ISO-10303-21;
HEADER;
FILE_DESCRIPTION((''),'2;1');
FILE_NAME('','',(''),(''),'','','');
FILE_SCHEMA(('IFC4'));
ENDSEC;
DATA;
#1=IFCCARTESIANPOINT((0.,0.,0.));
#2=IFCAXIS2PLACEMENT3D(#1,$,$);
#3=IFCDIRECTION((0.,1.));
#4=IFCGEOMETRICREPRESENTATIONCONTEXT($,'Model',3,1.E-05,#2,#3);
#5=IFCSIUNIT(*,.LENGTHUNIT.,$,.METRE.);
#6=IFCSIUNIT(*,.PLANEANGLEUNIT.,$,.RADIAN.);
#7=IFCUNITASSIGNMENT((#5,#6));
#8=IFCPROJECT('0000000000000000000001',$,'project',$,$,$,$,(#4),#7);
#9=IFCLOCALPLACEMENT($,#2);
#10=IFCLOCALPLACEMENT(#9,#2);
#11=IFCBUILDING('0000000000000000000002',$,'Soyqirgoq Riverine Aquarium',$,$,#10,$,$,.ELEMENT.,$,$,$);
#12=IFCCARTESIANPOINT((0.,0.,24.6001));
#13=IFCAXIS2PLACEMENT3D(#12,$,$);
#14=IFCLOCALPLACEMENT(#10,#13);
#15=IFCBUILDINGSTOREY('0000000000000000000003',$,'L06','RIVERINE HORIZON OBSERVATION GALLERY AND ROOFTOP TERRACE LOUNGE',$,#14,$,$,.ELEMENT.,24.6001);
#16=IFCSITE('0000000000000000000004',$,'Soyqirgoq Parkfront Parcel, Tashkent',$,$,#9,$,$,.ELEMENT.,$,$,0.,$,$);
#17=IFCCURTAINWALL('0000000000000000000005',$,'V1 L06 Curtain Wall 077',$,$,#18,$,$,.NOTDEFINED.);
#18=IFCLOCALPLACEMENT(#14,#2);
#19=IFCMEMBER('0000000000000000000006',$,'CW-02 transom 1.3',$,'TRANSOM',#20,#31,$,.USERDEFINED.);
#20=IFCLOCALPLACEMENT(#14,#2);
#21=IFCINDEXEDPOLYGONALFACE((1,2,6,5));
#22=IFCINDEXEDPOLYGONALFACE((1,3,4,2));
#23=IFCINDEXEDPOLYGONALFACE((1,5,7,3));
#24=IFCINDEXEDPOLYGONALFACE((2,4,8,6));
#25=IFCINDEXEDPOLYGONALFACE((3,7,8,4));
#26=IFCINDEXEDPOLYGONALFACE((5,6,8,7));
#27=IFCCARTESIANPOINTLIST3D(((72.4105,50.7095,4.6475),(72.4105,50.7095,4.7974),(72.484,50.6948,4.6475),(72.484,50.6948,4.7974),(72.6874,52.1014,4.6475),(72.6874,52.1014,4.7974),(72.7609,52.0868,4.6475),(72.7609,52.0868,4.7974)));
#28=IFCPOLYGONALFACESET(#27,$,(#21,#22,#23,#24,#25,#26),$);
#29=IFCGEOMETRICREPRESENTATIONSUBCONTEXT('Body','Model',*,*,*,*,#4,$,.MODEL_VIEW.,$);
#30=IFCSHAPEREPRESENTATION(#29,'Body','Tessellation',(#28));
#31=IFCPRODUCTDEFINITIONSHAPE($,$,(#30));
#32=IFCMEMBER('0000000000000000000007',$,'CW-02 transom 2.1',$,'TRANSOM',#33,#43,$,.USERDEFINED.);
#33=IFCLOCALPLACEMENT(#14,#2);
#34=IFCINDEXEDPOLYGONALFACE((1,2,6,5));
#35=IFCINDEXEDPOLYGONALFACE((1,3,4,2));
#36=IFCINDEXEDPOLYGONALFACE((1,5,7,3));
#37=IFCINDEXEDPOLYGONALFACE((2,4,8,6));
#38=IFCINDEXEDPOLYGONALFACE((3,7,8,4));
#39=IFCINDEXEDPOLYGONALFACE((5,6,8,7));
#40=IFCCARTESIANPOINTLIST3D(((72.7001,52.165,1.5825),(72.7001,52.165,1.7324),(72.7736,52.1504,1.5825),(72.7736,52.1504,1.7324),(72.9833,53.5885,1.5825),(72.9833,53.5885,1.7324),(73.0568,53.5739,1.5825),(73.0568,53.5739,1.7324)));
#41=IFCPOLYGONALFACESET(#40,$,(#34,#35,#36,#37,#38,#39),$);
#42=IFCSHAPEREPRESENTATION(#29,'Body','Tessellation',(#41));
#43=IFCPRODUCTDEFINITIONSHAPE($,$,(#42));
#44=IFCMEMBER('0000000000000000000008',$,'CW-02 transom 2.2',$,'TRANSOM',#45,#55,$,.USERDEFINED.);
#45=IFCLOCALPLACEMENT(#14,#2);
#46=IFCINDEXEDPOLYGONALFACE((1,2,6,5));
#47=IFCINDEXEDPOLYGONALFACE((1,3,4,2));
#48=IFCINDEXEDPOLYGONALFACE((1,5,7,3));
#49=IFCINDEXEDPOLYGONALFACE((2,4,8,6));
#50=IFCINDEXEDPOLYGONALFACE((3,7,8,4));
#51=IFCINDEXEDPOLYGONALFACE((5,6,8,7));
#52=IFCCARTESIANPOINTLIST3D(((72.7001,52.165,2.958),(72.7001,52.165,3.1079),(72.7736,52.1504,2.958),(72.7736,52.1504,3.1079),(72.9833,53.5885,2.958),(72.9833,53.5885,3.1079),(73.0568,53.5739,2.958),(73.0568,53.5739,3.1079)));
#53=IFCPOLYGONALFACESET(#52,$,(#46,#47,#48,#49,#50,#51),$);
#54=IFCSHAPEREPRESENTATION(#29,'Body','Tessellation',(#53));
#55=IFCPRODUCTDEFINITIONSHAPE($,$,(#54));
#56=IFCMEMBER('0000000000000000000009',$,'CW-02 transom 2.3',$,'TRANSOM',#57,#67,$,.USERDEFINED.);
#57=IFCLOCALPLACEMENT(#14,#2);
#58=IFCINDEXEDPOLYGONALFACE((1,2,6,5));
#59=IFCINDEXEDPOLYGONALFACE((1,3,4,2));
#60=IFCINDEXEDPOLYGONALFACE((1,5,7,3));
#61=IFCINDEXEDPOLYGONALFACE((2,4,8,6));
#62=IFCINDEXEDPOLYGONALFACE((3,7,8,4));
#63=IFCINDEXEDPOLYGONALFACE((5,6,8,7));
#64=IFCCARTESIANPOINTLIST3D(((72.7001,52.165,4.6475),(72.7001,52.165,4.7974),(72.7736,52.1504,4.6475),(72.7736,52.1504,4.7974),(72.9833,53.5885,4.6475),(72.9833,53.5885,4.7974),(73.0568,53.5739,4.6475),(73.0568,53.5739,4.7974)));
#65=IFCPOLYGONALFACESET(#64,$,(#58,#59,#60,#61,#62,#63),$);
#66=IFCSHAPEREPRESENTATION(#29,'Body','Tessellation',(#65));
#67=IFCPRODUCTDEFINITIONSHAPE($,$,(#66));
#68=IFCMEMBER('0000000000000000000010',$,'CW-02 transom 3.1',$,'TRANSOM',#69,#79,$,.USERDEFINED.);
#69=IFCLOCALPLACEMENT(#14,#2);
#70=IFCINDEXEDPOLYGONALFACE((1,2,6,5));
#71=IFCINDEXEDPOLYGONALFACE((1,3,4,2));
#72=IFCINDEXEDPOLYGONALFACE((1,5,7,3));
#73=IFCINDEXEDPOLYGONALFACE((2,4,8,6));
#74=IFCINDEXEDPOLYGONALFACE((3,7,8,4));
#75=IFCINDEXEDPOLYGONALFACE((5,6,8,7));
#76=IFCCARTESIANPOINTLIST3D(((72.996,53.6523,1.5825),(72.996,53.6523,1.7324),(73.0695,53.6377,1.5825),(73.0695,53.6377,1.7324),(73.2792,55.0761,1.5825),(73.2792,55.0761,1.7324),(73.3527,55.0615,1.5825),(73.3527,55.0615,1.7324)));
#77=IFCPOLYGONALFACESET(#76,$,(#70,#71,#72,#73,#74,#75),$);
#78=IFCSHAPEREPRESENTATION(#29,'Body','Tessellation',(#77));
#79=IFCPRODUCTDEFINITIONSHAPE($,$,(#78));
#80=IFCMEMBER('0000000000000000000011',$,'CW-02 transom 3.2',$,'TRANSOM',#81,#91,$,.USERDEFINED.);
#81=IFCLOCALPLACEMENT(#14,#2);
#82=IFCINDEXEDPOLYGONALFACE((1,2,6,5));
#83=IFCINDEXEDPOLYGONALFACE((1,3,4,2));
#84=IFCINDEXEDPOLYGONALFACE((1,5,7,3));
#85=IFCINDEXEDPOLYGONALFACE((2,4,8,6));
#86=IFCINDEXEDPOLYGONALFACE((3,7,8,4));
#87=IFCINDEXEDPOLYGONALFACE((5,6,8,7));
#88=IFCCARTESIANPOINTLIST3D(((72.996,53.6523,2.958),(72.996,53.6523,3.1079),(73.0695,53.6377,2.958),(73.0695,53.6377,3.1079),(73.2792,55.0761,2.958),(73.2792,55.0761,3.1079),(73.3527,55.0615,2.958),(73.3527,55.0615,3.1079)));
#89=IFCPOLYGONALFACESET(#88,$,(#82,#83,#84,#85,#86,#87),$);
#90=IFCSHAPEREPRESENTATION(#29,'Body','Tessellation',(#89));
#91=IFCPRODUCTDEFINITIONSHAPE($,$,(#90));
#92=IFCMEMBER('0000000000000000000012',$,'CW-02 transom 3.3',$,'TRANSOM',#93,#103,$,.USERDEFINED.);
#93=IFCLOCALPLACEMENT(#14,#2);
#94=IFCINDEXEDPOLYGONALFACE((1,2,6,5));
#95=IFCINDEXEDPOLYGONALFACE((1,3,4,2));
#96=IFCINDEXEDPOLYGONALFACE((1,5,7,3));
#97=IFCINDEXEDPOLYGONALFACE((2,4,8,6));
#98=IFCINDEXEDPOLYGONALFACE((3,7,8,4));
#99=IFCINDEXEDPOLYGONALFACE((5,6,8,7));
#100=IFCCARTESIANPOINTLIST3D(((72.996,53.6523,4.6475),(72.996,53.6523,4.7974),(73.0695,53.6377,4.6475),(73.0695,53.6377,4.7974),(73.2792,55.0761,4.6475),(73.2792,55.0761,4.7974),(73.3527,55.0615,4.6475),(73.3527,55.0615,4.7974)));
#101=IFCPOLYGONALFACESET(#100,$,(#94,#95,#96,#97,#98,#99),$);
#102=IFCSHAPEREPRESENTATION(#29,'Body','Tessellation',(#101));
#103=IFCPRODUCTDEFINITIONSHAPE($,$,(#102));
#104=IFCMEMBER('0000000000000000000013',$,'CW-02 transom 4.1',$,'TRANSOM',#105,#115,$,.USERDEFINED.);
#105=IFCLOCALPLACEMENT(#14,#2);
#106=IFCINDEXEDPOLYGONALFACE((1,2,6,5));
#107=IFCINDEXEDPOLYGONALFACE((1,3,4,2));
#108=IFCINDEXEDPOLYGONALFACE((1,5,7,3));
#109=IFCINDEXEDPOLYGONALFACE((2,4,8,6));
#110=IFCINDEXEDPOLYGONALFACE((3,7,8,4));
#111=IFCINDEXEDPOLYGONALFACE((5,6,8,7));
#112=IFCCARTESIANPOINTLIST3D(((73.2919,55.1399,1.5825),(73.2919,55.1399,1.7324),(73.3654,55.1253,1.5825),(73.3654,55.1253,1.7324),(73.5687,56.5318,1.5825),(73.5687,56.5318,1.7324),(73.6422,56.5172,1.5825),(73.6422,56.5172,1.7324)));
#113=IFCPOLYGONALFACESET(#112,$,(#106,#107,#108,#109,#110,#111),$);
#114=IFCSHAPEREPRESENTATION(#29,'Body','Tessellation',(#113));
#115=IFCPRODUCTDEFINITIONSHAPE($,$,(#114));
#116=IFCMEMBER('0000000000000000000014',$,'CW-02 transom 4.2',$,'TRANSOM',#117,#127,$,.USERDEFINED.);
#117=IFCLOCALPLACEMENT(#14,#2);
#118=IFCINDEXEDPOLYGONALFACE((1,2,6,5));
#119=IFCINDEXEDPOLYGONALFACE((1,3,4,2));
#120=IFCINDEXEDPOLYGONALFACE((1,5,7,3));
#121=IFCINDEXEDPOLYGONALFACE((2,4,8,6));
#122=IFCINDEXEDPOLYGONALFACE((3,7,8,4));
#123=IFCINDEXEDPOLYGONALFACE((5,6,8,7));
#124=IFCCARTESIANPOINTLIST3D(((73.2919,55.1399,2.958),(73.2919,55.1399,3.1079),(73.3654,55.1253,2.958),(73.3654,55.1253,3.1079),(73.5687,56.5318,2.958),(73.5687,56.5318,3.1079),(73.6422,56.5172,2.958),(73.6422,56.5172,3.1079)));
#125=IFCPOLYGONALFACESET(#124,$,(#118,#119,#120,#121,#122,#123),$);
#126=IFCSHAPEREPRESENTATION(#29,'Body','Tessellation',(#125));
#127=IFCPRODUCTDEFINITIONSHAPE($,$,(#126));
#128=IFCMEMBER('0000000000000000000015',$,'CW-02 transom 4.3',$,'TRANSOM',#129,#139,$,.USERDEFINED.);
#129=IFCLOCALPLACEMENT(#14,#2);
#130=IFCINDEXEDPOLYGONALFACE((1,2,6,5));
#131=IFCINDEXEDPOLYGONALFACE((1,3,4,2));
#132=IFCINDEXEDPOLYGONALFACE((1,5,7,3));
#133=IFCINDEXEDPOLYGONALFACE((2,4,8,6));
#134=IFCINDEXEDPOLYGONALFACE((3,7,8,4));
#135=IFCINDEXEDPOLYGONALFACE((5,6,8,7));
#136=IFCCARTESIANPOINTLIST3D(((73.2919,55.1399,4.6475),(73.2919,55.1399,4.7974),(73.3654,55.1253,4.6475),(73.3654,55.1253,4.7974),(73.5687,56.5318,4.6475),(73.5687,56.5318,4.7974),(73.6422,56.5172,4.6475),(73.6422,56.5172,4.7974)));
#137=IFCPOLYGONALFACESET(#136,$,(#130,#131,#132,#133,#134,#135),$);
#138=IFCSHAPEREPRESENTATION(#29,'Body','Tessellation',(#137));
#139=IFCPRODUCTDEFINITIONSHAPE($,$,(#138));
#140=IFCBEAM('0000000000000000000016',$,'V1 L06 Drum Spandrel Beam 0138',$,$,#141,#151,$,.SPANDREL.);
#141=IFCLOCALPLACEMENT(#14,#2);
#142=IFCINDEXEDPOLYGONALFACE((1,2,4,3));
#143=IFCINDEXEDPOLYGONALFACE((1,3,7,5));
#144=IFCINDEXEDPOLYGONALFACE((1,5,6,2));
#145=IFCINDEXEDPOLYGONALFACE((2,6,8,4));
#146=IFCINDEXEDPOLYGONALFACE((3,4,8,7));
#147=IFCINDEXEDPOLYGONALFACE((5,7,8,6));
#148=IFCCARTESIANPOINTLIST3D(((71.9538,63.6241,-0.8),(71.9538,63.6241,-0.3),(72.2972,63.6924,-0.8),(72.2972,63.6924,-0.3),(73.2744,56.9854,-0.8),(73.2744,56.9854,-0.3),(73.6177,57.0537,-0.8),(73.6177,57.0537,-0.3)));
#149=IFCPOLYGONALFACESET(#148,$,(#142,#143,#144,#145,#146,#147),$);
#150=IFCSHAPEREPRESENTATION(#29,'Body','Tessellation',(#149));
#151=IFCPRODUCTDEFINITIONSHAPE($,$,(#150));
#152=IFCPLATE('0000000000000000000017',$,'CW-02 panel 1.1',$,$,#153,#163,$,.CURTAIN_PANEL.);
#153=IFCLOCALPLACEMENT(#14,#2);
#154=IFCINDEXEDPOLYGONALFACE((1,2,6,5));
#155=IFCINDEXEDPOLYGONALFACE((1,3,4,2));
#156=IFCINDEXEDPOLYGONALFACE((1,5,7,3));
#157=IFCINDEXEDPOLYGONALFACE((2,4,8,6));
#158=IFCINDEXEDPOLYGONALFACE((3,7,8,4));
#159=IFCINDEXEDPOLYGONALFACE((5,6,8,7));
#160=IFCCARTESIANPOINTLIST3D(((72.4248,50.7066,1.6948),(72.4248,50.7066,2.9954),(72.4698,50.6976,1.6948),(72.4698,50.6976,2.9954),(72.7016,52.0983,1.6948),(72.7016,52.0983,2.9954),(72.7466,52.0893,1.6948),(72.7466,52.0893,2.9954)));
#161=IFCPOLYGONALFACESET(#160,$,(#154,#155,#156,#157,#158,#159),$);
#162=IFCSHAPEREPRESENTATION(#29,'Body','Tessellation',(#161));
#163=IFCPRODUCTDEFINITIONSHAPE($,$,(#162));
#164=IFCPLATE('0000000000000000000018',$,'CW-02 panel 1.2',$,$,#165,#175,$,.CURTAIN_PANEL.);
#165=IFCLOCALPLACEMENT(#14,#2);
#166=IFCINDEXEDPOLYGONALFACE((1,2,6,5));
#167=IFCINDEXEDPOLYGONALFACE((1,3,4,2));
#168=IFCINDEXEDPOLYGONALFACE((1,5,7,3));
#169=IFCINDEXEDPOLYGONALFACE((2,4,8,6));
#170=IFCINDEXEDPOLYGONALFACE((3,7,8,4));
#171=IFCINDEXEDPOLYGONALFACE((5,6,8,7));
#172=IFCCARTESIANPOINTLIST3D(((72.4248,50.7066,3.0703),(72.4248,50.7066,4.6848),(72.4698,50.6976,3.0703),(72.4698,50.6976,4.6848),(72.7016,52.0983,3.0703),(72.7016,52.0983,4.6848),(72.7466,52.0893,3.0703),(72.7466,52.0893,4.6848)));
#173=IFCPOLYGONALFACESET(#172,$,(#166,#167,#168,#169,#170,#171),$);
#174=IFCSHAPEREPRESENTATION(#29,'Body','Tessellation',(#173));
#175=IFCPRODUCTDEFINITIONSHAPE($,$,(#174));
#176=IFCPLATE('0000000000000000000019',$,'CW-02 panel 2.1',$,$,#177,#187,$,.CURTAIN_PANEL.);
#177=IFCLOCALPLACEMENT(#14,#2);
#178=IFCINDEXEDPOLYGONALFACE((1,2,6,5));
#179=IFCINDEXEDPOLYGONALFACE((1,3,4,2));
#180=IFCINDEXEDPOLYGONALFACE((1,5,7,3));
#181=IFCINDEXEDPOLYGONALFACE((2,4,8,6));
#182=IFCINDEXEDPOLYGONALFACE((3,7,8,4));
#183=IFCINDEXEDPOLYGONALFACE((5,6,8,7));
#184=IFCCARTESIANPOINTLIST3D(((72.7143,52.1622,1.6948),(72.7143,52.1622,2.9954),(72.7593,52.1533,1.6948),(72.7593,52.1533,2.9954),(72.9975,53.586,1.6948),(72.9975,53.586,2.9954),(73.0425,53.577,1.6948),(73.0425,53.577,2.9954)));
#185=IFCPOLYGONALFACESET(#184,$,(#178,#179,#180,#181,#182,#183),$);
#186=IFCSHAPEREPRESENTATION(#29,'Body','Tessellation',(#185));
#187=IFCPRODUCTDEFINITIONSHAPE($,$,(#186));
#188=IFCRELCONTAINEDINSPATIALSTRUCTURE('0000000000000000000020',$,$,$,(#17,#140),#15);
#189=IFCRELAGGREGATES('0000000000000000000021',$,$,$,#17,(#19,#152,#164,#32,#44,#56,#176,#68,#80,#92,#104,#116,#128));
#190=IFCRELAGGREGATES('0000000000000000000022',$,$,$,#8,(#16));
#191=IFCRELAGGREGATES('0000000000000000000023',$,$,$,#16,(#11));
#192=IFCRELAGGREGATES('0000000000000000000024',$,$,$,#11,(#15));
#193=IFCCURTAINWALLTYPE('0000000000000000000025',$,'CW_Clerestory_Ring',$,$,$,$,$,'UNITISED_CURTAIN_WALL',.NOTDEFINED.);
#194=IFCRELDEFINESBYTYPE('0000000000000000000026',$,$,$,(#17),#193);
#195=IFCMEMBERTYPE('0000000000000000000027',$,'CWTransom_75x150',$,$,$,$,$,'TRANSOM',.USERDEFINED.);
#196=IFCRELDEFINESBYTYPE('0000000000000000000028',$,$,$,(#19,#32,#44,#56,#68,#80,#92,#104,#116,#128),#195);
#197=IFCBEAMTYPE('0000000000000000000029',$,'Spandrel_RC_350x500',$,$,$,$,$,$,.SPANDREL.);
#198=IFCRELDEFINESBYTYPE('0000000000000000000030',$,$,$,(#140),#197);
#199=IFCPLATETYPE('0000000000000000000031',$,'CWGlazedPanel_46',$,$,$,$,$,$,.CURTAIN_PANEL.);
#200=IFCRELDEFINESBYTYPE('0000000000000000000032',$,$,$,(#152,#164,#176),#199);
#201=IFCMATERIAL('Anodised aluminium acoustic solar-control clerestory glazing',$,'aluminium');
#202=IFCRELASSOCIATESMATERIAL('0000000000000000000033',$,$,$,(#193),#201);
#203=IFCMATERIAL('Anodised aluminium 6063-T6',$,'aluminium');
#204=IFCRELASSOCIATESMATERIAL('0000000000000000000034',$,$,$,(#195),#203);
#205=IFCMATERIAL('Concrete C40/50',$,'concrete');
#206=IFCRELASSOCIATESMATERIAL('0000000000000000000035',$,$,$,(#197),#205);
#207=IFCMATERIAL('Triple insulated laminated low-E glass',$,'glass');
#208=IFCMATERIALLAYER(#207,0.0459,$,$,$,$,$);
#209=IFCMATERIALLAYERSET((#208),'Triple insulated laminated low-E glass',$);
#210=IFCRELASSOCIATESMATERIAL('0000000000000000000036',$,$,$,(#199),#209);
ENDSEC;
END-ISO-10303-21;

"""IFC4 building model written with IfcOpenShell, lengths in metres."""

from ifc_helpers import new_model, si_unit, direction, frame, origin, origin_2d, place, context, subcontext, project, spatial, rectangle, extrude, material, layer, layer_set, material_profile, profile_set, type_object, element, aggregate, save


model = new_model("IFC4")

# Units and contexts
model_context = context("Model", 3, precision=1e-05, world=origin(), true_north=direction((0.0, 1.0)))
body_context = subcontext(model_context, "Body", "Model", "MODEL_VIEW")
ifc_project = project(units=[si_unit("LENGTHUNIT", "METRE"), si_unit("PLANEANGLEUNIT", "RADIAN")], contexts=[model_context])

# Site, building, storey
site_placement = place(None, origin())
site = spatial("IfcSite", under=ifc_project, at=site_placement, Name="Soyqirgoq Parkfront Parcel, Tashkent", CompositionType="ELEMENT", RefElevation=0.0)
building_placement = place(site_placement, origin())
building = spatial("IfcBuilding", under=site, at=building_placement, Name="Soyqirgoq Riverine Aquarium", CompositionType="ELEMENT")
storey_placement = place(building_placement, frame((0.0, 0.0, 24.6001)))
storey = spatial("IfcBuildingStorey", under=building, at=storey_placement, Name="L06", Description="RIVERINE HORIZON OBSERVATION GALLERY AND ROOFTOP TERRACE LOUNGE", CompositionType="ELEMENT", Elevation=24.6001)

# Shared definitions
ifc_material_1 = material(Name="Anodised aluminium acoustic solar-control clerestory glazing", Category="aluminium")
curtain_wall_type = type_object("IfcCurtainWallType", Name="CW_Clerestory_Ring", ElementType="UNITISED_CURTAIN_WALL", PredefinedType="NOTDEFINED", material=ifc_material_1)

# Curtain wall
curtain_wall_1_placement = place(storey_placement, origin())
curtain_wall_1 = element("IfcCurtainWall", 1, at=curtain_wall_1_placement, inside=storey, type_object=curtain_wall_type, Name="V1 L06 Curtain Wall 077", PredefinedType="NOTDEFINED")

# Members
ifc_material_2 = material(Name="Anodised aluminium 6063-T6", Category="aluminium")
ifc_material_profile_1 = material_profile(ifc_material_2, rectangle(XDim=0.075, YDim=0.1499, at=origin_2d()), Name="ALU-T 75x150")
ifc_profile_set_1 = profile_set([ifc_material_profile_1], Name="Anodised aluminium 6063-T6")
member_type_1 = type_object("IfcMemberType", Name="CWTransom_75x150", ElementType="TRANSOM", PredefinedType="USERDEFINED", material=ifc_profile_set_1)
member_1_placement = place(storey_placement, frame((72.4473, 50.7021, 4.7224), z_axis=(0.19509, 0.980785, 0.0), x_axis=(-0.980785, 0.19509, 0.0)))
member_1 = element("IfcMember", 2, at=member_1_placement, type_object=member_type_1, Name="CW-02 transom 1.3", ObjectType="TRANSOM", PredefinedType="USERDEFINED", context=body_context, shape_type="SweptSolid", body=[
    extrude(rectangle(XDim=0.075, YDim=0.1499, at=origin_2d()), origin(), (0.0, 0.0, 1.0), 1.4192),
])
member_2_placement = place(storey_placement, frame((72.7368, 52.1577, 1.6575), z_axis=(0.195113, 0.980781, 0.0), x_axis=(-0.980781, 0.195113, 0.0)))
member_2 = element("IfcMember", 3, at=member_2_placement, type_object=member_type_1, Name="CW-02 transom 2.1", ObjectType="TRANSOM", PredefinedType="USERDEFINED", context=body_context, shape_type="SweptSolid", body=[
    extrude(rectangle(XDim=0.075, YDim=0.1499, at=origin_2d()), origin(), (0.0, 0.0, 1.0), 1.4514),
])
member_3_placement = place(storey_placement, frame((72.7368, 52.1577, 3.033), z_axis=(0.195113, 0.980781, 0.0), x_axis=(-0.980781, 0.195113, 0.0)))
member_3 = element("IfcMember", 4, at=member_3_placement, type_object=member_type_1, Name="CW-02 transom 2.2", ObjectType="TRANSOM", PredefinedType="USERDEFINED", context=body_context, shape_type="SweptSolid", body=[
    extrude(rectangle(XDim=0.075, YDim=0.1499, at=origin_2d()), origin(), (0.0, 0.0, 1.0), 1.4514),
])
member_4_placement = place(storey_placement, frame((72.7368, 52.1577, 4.7224), z_axis=(0.195113, 0.980781, 0.0), x_axis=(-0.980781, 0.195113, 0.0)))
member_4 = element("IfcMember", 5, at=member_4_placement, type_object=member_type_1, Name="CW-02 transom 2.3", ObjectType="TRANSOM", PredefinedType="USERDEFINED", context=body_context, shape_type="SweptSolid", body=[
    extrude(rectangle(XDim=0.075, YDim=0.1499, at=origin_2d()), origin(), (0.0, 0.0, 1.0), 1.4514),
])
member_5_placement = place(storey_placement, frame((73.0327, 53.645, 1.6575), z_axis=(0.195081, 0.980787, 0.0), x_axis=(-0.980787, 0.195081, 0.0)))
member_5 = element("IfcMember", 6, at=member_5_placement, type_object=member_type_1, Name="CW-02 transom 3.1", ObjectType="TRANSOM", PredefinedType="USERDEFINED", context=body_context, shape_type="SweptSolid", body=[
    extrude(rectangle(XDim=0.075, YDim=0.1499, at=origin_2d()), origin(), (0.0, 0.0, 1.0), 1.4517),
])
member_6_placement = place(storey_placement, frame((73.0327, 53.645, 3.033), z_axis=(0.195081, 0.980787, 0.0), x_axis=(-0.980787, 0.195081, 0.0)))
member_6 = element("IfcMember", 7, at=member_6_placement, type_object=member_type_1, Name="CW-02 transom 3.2", ObjectType="TRANSOM", PredefinedType="USERDEFINED", context=body_context, shape_type="SweptSolid", body=[
    extrude(rectangle(XDim=0.075, YDim=0.1499, at=origin_2d()), origin(), (0.0, 0.0, 1.0), 1.4517),
])
member_7_placement = place(storey_placement, frame((73.0327, 53.645, 4.7224), z_axis=(0.195081, 0.980787, 0.0), x_axis=(-0.980787, 0.195081, 0.0)))
member_7 = element("IfcMember", 8, at=member_7_placement, type_object=member_type_1, Name="CW-02 transom 3.3", ObjectType="TRANSOM", PredefinedType="USERDEFINED", context=body_context, shape_type="SweptSolid", body=[
    extrude(rectangle(XDim=0.075, YDim=0.1499, at=origin_2d()), origin(), (0.0, 0.0, 1.0), 1.4517),
])
member_8_placement = place(storey_placement, frame((73.3286, 55.1326, 1.6575), z_axis=(0.19509, 0.980785, 0.0), x_axis=(-0.980785, 0.19509, 0.0)))
member_8 = element("IfcMember", 9, at=member_8_placement, type_object=member_type_1, Name="CW-02 transom 4.1", ObjectType="TRANSOM", PredefinedType="USERDEFINED", context=body_context, shape_type="SweptSolid", body=[
    extrude(rectangle(XDim=0.075, YDim=0.1499, at=origin_2d()), origin(), (0.0, 0.0, 1.0), 1.4192),
])
member_9_placement = place(storey_placement, frame((73.3286, 55.1326, 3.033), z_axis=(0.19509, 0.980785, 0.0), x_axis=(-0.980785, 0.19509, 0.0)))
member_9 = element("IfcMember", 10, at=member_9_placement, type_object=member_type_1, Name="CW-02 transom 4.2", ObjectType="TRANSOM", PredefinedType="USERDEFINED", context=body_context, shape_type="SweptSolid", body=[
    extrude(rectangle(XDim=0.075, YDim=0.1499, at=origin_2d()), origin(), (0.0, 0.0, 1.0), 1.4192),
])
member_10_placement = place(storey_placement, frame((73.3286, 55.1326, 4.7224), z_axis=(0.19509, 0.980785, 0.0), x_axis=(-0.980785, 0.19509, 0.0)))
member_10 = element("IfcMember", 11, at=member_10_placement, type_object=member_type_1, Name="CW-02 transom 4.3", ObjectType="TRANSOM", PredefinedType="USERDEFINED", context=body_context, shape_type="SweptSolid", body=[
    extrude(rectangle(XDim=0.075, YDim=0.1499, at=origin_2d()), origin(), (0.0, 0.0, 1.0), 1.4192),
])

# Beam
ifc_material_3 = material(Name="Concrete C40/50", Category="concrete")
ifc_material_profile_2 = material_profile(ifc_material_3, rectangle(XDim=0.3501, YDim=0.5, at=origin_2d()), Name="RC 350x500")
ifc_profile_set_2 = profile_set([ifc_material_profile_2], Name="Concrete C40/50")
beam_type = type_object("IfcBeamType", Name="Spandrel_RC_350x500", PredefinedType="SPANDREL", material=ifc_profile_set_2)
beam_placement = place(storey_placement, frame((73.446, 57.0195, -0.55), z_axis=(-0.195096, 0.980784, 0.0), x_axis=(-0.980784, -0.195096, 0.0)))
element("IfcBeam", 12, at=beam_placement, inside=storey, type_object=beam_type, Name="V1 L06 Drum Spandrel Beam 0138", PredefinedType="SPANDREL", context=body_context, shape_type="SweptSolid", body=[
    extrude(rectangle(XDim=0.3501, YDim=0.5, at=origin_2d()), origin(), (0.0, 0.0, 1.0), 6.7688),
])

# Plates
ifc_material_4 = material(Name="Triple insulated laminated low-E glass", Category="glass")
ifc_layer_1 = layer(ifc_material_4, 0.0459)
ifc_layer_set_1 = layer_set([ifc_layer_1], Name="Triple insulated laminated low-E glass")
plate_type_1 = type_object("IfcPlateType", Name="CWGlazedPanel_46", PredefinedType="CURTAIN_PANEL", material=ifc_layer_set_1)
plate_1_placement = place(storey_placement, frame((72.5857, 51.3979, 1.6948), z_axis=(0.0, 0.0, 1.0), x_axis=(0.195095, 0.980784, 0.0)))
plate_1 = element("IfcPlate", 13, at=plate_1_placement, type_object=plate_type_1, Name="CW-02 panel 1.1", PredefinedType="CURTAIN_PANEL", context=body_context, shape_type="SweptSolid", body=[
    extrude(rectangle(XDim=1.4189, YDim=0.0459, at=origin_2d()), origin(), (0.0, 0.0, 1.0), 1.3005),
])
plate_2_placement = place(storey_placement, frame((72.5857, 51.3979, 3.0703), z_axis=(0.0, 0.0, 1.0), x_axis=(0.195095, 0.980784, 0.0)))
plate_2 = element("IfcPlate", 14, at=plate_2_placement, type_object=plate_type_1, Name="CW-02 panel 1.2", PredefinedType="CURTAIN_PANEL", context=body_context, shape_type="SweptSolid", body=[
    extrude(rectangle(XDim=1.4189, YDim=0.0459, at=origin_2d()), origin(), (0.0, 0.0, 1.0), 1.6145),
])
plate_3_placement = place(storey_placement, frame((72.8784, 52.8696, 1.6948), z_axis=(0.0, 0.0, 1.0), x_axis=(0.195095, 0.980784, 0.0)))
plate_3 = element("IfcPlate", 15, at=plate_3_placement, type_object=plate_type_1, Name="CW-02 panel 2.1", PredefinedType="CURTAIN_PANEL", context=body_context, shape_type="SweptSolid", body=[
    extrude(rectangle(XDim=1.4517, YDim=0.0459, at=origin_2d()), origin(), (0.0, 0.0, 1.0), 1.3005),
])
aggregate(curtain_wall_1, [member_1, plate_1, plate_2, member_2, member_3, member_4, plate_3, member_5, member_6, member_7, member_8, member_9, member_10])

save(model, "model.ifc")
